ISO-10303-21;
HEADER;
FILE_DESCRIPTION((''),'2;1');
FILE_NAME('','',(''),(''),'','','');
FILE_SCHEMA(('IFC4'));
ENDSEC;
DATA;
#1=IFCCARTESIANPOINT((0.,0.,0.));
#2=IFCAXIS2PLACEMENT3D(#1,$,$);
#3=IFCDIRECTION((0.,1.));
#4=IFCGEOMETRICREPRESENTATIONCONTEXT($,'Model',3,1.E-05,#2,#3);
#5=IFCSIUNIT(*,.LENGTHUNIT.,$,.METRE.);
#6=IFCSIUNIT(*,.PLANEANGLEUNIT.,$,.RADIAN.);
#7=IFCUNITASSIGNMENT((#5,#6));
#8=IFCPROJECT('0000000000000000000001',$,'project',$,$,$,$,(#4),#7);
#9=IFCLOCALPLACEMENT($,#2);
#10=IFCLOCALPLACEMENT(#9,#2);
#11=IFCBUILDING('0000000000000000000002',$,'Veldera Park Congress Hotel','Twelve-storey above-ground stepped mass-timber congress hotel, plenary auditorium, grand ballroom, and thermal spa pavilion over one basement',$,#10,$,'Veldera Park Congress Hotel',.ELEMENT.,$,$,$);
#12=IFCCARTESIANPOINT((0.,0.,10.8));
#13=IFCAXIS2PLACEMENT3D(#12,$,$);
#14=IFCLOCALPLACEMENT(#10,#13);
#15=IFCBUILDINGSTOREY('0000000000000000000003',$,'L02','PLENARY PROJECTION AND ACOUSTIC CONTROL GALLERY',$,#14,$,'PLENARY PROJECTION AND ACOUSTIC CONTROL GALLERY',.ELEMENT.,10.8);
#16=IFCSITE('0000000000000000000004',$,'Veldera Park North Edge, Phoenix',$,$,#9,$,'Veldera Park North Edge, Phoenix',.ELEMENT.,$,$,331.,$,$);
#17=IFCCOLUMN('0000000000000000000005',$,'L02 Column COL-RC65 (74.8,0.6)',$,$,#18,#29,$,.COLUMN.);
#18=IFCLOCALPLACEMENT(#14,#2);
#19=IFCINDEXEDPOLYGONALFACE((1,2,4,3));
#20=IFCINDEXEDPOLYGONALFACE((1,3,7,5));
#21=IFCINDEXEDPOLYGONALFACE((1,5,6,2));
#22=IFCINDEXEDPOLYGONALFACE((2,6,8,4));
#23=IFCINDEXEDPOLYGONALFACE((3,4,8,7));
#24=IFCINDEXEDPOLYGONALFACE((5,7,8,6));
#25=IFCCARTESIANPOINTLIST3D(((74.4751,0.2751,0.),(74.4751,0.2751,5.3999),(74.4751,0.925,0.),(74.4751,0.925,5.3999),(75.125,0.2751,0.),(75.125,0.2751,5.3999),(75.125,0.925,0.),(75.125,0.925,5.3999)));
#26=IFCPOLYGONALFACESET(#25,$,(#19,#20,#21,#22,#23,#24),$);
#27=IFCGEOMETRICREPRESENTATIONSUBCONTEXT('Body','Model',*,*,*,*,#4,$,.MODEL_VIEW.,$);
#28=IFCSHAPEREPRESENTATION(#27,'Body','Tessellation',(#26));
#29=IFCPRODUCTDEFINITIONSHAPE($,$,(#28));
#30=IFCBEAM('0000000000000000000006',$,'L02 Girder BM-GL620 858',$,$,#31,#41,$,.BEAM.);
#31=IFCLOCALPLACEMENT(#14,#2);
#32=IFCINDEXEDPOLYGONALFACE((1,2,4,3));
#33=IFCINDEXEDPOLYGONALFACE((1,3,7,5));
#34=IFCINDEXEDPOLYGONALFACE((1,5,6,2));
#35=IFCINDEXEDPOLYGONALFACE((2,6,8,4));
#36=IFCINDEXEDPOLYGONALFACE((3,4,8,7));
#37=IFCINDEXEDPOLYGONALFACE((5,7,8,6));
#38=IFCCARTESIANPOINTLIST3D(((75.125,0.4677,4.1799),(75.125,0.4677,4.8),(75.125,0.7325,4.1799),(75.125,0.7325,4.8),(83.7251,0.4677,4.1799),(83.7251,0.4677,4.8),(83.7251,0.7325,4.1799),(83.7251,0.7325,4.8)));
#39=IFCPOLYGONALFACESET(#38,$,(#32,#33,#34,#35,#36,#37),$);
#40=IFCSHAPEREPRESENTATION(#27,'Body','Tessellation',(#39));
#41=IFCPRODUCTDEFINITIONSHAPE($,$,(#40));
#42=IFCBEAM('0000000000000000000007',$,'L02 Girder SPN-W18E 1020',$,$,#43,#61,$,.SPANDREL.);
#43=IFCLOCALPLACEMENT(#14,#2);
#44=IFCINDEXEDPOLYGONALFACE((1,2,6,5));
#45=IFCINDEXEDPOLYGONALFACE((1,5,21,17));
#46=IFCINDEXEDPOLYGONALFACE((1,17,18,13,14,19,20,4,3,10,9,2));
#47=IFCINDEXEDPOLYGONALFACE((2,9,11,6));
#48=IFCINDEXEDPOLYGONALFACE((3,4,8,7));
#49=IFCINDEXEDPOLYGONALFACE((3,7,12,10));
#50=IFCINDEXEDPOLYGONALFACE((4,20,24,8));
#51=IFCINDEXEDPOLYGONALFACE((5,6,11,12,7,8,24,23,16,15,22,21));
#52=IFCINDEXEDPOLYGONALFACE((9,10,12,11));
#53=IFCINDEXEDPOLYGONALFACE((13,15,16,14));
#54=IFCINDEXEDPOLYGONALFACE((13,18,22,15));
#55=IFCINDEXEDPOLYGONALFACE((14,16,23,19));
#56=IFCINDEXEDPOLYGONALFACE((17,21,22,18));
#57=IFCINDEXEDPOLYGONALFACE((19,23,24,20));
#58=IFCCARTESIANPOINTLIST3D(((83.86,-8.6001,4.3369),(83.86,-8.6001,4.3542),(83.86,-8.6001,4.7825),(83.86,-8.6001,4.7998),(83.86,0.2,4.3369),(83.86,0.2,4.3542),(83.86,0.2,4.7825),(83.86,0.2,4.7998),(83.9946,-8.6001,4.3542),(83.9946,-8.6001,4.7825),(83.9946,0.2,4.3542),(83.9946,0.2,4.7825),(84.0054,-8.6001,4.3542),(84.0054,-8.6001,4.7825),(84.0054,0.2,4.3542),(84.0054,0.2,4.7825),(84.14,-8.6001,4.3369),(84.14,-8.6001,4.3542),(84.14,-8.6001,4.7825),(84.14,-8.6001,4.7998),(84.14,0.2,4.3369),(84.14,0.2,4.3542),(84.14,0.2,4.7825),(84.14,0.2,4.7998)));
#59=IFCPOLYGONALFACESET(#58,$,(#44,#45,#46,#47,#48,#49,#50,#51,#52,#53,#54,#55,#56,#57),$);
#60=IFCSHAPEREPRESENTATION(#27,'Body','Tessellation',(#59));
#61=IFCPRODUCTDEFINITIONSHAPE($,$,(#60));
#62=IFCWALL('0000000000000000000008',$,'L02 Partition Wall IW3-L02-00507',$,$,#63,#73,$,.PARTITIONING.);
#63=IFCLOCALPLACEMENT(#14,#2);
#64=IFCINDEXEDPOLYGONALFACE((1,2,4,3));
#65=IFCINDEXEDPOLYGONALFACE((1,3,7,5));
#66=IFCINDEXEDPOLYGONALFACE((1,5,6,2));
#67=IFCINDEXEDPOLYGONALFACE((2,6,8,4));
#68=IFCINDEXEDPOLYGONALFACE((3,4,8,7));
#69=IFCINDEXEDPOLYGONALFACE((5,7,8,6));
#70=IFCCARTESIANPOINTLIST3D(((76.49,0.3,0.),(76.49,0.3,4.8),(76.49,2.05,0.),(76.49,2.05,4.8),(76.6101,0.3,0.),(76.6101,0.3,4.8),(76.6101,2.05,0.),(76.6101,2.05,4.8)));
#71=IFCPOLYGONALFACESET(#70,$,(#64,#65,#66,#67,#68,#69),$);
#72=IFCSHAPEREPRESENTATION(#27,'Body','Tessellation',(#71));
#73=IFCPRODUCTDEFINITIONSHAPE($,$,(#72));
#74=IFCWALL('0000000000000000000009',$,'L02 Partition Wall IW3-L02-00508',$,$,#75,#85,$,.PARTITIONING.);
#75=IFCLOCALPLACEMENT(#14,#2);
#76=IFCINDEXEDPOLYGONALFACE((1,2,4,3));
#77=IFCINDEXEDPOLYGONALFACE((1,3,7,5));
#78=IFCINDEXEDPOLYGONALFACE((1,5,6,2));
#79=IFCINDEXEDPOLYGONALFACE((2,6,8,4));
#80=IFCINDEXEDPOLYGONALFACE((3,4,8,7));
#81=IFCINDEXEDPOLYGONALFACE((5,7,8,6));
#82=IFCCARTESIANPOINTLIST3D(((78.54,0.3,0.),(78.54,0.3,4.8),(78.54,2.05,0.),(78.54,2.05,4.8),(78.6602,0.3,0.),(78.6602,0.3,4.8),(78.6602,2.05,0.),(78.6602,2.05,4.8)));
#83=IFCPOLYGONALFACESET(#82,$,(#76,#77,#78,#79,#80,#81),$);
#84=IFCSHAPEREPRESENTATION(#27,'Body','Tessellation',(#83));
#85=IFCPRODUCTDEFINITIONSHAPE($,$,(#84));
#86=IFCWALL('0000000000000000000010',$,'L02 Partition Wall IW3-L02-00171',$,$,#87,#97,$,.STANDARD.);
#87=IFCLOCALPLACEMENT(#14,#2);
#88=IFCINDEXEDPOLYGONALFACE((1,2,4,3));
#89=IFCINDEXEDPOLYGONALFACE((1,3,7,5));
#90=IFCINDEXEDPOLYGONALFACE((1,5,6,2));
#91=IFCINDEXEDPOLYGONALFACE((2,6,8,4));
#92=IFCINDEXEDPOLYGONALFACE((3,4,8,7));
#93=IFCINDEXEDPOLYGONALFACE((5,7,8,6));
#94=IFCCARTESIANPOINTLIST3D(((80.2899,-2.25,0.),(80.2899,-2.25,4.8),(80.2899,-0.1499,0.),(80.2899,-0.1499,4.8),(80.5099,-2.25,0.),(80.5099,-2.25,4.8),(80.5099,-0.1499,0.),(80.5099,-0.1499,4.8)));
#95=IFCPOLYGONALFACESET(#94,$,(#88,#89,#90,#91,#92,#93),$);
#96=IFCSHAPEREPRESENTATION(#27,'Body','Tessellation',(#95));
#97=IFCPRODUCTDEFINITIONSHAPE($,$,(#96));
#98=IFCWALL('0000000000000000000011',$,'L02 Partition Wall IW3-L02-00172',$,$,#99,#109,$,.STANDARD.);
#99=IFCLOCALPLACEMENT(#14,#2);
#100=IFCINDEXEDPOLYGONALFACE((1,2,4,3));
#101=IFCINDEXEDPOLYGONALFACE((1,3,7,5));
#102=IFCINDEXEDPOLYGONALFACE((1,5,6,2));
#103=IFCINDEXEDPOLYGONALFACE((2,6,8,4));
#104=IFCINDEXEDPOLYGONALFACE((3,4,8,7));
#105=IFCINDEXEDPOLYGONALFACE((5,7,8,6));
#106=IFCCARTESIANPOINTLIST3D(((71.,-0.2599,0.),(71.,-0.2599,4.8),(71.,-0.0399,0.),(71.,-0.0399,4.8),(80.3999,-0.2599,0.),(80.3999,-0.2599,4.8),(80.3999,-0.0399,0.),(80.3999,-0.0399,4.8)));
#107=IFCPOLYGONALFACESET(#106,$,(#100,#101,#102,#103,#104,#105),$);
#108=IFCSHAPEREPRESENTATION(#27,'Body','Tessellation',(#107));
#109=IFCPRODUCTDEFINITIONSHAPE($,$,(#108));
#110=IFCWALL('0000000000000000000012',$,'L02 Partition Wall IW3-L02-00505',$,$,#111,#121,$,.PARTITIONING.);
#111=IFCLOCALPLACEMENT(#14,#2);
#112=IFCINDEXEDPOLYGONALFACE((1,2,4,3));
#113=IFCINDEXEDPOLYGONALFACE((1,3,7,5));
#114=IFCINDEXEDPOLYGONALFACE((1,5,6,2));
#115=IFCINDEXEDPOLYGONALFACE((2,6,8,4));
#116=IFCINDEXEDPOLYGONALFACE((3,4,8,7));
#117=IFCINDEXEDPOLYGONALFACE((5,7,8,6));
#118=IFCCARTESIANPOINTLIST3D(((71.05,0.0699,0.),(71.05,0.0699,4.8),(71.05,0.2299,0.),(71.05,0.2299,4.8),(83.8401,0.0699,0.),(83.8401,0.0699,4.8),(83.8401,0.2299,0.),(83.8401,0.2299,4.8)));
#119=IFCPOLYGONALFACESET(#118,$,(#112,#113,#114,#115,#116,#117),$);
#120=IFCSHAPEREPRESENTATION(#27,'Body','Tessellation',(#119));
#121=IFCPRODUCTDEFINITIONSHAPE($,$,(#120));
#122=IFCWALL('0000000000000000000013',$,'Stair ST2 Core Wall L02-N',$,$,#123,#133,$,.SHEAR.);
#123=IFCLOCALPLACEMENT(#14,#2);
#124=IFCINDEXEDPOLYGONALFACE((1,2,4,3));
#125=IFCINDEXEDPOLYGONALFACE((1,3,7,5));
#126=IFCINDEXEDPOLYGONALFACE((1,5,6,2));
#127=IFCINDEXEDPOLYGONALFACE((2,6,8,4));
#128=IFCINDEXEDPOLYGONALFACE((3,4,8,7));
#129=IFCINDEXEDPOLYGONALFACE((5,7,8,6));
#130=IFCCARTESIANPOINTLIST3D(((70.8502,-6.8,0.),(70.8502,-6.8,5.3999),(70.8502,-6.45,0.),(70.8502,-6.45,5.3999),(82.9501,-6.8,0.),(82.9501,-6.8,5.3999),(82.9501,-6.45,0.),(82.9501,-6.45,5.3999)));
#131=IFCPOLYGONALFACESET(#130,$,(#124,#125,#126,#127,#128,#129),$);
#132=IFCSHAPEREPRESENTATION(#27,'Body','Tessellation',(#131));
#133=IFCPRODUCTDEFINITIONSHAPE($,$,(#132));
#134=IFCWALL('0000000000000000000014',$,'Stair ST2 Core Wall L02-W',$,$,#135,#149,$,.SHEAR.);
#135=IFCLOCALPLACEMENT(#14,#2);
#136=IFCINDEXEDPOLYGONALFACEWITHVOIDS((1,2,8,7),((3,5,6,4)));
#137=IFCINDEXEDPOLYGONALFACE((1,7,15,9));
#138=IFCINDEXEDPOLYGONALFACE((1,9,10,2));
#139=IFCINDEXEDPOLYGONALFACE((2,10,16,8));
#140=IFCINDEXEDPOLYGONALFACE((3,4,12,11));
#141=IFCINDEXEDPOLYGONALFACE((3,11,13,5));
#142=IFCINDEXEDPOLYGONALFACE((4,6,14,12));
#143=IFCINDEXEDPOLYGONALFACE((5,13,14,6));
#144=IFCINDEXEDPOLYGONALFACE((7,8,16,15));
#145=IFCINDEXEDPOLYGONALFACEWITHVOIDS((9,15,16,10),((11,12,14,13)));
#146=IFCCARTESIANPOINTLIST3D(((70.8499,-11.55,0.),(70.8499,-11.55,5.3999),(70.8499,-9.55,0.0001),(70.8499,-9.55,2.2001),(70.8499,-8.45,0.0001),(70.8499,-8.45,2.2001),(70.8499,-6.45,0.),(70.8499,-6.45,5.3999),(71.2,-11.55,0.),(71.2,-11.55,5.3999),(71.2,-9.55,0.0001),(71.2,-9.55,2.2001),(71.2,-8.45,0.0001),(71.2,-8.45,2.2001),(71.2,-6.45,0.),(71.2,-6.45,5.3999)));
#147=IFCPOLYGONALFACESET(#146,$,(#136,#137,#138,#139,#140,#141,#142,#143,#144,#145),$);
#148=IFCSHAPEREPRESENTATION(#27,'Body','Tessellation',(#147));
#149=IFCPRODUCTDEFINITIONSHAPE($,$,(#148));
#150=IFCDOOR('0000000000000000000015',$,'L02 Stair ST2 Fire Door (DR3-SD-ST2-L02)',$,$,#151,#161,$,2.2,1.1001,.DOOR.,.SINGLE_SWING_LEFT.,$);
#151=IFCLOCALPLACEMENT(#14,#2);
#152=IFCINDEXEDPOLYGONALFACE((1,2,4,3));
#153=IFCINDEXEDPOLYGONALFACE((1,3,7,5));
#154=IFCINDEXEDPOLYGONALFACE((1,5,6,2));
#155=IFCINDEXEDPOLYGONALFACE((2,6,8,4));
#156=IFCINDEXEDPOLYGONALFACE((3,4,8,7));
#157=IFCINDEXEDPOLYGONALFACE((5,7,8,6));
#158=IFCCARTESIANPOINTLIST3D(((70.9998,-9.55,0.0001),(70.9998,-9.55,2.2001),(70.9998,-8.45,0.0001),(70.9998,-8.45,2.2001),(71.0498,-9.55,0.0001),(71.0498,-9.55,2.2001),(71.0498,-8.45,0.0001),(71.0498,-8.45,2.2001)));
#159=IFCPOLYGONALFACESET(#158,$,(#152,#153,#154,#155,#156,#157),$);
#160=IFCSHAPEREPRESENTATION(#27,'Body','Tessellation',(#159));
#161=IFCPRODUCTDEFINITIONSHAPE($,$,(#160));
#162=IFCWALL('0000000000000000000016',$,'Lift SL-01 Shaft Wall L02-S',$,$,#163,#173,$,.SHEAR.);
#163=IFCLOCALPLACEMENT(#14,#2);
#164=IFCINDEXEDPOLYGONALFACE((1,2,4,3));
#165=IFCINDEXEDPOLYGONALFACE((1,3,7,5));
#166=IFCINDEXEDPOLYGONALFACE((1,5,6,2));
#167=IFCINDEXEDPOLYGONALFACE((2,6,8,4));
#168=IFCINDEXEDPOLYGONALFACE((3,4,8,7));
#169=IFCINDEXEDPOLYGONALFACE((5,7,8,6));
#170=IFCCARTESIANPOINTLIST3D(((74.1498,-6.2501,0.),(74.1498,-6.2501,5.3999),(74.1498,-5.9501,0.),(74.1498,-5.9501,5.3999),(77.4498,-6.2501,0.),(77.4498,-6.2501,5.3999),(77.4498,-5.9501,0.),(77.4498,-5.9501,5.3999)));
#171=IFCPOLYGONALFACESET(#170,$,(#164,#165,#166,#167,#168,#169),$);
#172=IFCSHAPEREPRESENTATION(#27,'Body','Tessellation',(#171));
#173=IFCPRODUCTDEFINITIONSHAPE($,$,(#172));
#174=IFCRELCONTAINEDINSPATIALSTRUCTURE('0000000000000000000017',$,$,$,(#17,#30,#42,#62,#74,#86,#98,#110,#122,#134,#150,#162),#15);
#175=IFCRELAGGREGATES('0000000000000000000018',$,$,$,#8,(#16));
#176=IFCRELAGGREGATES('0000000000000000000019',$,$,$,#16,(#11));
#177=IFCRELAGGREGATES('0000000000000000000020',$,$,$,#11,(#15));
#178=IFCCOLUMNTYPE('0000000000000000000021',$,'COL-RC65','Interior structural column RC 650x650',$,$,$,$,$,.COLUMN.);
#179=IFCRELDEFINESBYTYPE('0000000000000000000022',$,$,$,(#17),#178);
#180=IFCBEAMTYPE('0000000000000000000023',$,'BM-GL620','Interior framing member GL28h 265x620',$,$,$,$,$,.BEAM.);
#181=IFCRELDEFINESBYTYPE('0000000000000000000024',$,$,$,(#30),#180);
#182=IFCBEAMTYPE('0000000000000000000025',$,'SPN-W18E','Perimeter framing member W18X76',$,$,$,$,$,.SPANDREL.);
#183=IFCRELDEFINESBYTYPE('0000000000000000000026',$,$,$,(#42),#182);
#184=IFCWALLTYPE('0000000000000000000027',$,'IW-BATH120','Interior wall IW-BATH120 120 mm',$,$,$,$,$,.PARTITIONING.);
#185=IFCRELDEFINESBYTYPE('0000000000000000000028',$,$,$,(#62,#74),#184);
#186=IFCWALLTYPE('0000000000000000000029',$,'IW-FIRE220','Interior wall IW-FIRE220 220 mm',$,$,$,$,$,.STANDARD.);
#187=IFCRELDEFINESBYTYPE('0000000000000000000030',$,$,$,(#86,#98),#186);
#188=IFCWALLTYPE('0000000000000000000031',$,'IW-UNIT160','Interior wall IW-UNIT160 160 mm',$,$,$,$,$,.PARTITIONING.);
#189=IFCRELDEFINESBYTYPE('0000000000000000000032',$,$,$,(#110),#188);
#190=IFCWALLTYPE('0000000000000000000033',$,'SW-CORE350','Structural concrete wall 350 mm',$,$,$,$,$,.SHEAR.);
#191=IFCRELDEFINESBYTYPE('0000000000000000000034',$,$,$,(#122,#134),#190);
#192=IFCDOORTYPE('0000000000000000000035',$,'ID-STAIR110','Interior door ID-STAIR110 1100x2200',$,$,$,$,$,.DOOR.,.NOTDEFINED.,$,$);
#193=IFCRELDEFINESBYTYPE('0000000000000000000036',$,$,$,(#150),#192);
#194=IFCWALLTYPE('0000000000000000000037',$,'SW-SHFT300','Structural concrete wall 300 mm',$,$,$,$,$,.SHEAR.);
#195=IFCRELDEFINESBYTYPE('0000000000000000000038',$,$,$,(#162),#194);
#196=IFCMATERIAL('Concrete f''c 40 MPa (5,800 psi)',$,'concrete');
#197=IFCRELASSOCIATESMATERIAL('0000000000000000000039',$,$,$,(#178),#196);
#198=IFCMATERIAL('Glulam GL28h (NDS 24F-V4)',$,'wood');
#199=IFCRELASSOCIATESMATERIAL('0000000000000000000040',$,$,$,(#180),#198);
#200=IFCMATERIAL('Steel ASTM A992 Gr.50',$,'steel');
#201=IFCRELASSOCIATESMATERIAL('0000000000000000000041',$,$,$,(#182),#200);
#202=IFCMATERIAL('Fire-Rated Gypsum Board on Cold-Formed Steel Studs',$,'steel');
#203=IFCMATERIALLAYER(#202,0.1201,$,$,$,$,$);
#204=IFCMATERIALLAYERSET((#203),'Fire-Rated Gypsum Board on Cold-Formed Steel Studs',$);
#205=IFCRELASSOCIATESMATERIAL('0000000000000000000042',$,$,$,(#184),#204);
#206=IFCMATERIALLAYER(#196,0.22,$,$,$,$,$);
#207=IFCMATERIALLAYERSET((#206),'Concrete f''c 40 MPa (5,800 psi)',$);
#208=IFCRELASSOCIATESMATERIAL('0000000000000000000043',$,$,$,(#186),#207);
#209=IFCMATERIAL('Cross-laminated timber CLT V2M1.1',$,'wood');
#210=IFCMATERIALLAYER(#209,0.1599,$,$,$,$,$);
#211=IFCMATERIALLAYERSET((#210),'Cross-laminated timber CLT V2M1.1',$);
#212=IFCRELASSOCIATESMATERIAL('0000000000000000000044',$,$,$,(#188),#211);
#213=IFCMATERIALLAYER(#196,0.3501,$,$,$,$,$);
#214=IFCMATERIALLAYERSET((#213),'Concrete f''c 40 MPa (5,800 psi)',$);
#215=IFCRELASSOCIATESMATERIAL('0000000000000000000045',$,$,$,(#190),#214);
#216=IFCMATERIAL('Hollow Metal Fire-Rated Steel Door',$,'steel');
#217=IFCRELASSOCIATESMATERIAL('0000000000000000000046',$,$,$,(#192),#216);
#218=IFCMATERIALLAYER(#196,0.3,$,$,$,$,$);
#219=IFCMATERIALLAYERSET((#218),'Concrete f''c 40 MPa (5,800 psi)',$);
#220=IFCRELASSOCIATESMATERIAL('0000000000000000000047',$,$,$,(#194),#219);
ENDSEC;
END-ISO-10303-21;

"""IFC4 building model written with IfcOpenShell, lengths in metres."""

from ifc_helpers import new_model, si_unit, direction, frame, frame_2d, origin, origin_2d, place, context, subcontext, project, spatial, rectangle, i_section, extrude, material, layer, layer_set, material_profile, profile_set, type_object, element, fill, save


model = new_model("IFC4")

# Units and contexts
model_context = context("Model", 3, precision=1e-05, world=origin(), true_north=direction((0.0, 1.0)))
body_context = subcontext(model_context, "Body", "Model", "MODEL_VIEW")
ifc_project = project(units=[si_unit("LENGTHUNIT", "METRE"), si_unit("PLANEANGLEUNIT", "RADIAN")], contexts=[model_context])

# Site, building, storey
site_placement = place(None, origin())
site = spatial("IfcSite", under=ifc_project, at=site_placement, Name="Veldera Park North Edge, Phoenix", LongName="Veldera Park North Edge, Phoenix", CompositionType="ELEMENT", RefElevation=331.0)
building_placement = place(site_placement, origin())
building = spatial("IfcBuilding", under=site, at=building_placement, Name="Veldera Park Congress Hotel", Description="Twelve-storey above-ground stepped mass-timber congress hotel, plenary auditorium, grand ballroom, and thermal spa pavilion over one basement", LongName="Veldera Park Congress Hotel", CompositionType="ELEMENT")
storey_placement = place(building_placement, frame((0.0, 0.0, 10.8)))
storey = spatial("IfcBuildingStorey", under=building, at=storey_placement, Name="L02", Description="PLENARY PROJECTION AND ACOUSTIC CONTROL GALLERY", LongName="PLENARY PROJECTION AND ACOUSTIC CONTROL GALLERY", CompositionType="ELEMENT", Elevation=10.8)

# Column
ifc_material_1 = material(Name="Concrete f'c 40 MPa (5,800 psi)", Category="concrete")
ifc_material_profile_1 = material_profile(ifc_material_1, rectangle(XDim=0.6499, YDim=0.6499, at=origin_2d()), Name="RC 650x650")
ifc_profile_set_1 = profile_set([ifc_material_profile_1], Name="Concrete f'c 40 MPa (5,800 psi)")
column_type = type_object("IfcColumnType", Name="COL-RC65", Description="Interior structural column RC 650x650", PredefinedType="COLUMN", material=ifc_profile_set_1)
column_placement = place(storey_placement, frame((74.8, 0.6001, 0.0), z_axis=(0.0, 0.0, 1.0), x_axis=(1.0, 0.0, 0.0)))
element("IfcColumn", 1, at=column_placement, inside=storey, type_object=column_type, Name="L02 Column COL-RC65 (74.8,0.6)", PredefinedType="COLUMN", context=body_context, shape_type="SweptSolid", body=[
    extrude(rectangle(XDim=0.6499, YDim=0.6499, at=origin_2d()), origin(), (0.0, 0.0, 1.0), 5.3999),
])

# Beams
ifc_material_2 = material(Name="Glulam GL28h (NDS 24F-V4)", Category="wood")
ifc_material_profile_2 = material_profile(ifc_material_2, rectangle(XDim=0.2649, YDim=0.6201, at=origin_2d()), Name="GL28h 265x620")
ifc_profile_set_2 = profile_set([ifc_material_profile_2], Name="Glulam GL28h (NDS 24F-V4)")
beam_type_1 = type_object("IfcBeamType", Name="BM-GL620", Description="Interior framing member GL28h 265x620", PredefinedType="BEAM", material=ifc_profile_set_2)
beam_1_placement = place(storey_placement, frame((75.125, 0.6001, 4.49), z_axis=(1.0, 0.0, 0.0), x_axis=(0.0, 1.0, 0.0)))
element("IfcBeam", 2, at=beam_1_placement, inside=storey, type_object=beam_type_1, Name="L02 Girder BM-GL620 858", PredefinedType="BEAM", context=body_context, shape_type="SweptSolid", body=[
    extrude(rectangle(XDim=0.2649, YDim=0.6201, at=origin_2d()), origin(), (0.0, 0.0, 1.0), 8.6001),
])
ifc_material_3 = material(Name="Steel ASTM A992 Gr.50", Category="steel")
ifc_material_profile_3 = material_profile(ifc_material_3, i_section(OverallWidth=0.28, OverallDepth=0.4629, WebThickness=0.0107, FlangeThickness=0.0173, at=origin_2d()), Name="W18X76")
ifc_profile_set_3 = profile_set([ifc_material_profile_3], Name="Steel ASTM A992 Gr.50")
beam_type_2 = type_object("IfcBeamType", Name="SPN-W18E", Description="Perimeter framing member W18X76", PredefinedType="SPANDREL", material=ifc_profile_set_3)
beam_2_placement = place(storey_placement, frame((84.0, -8.6001, 4.5684), z_axis=(0.0, 1.0, 0.0), x_axis=(-1.0, 0.0, 0.0)))
element("IfcBeam", 3, at=beam_2_placement, inside=storey, type_object=beam_type_2, Name="L02 Girder SPN-W18E 1020", PredefinedType="SPANDREL", context=body_context, shape_type="SweptSolid", body=[
    extrude(i_section(OverallWidth=0.28, OverallDepth=0.4629, WebThickness=0.0107, FlangeThickness=0.0173, at=origin_2d()), origin(), (0.0, 0.0, 1.0), 8.8),
])

# Walls
ifc_material_4 = material(Name="Fire-Rated Gypsum Board on Cold-Formed Steel Studs", Category="steel")
ifc_layer_1 = layer(ifc_material_4, 0.1201)
ifc_layer_set_1 = layer_set([ifc_layer_1], Name="Fire-Rated Gypsum Board on Cold-Formed Steel Studs")
wall_type_1 = type_object("IfcWallType", Name="IW-BATH120", Description="Interior wall IW-BATH120 120 mm", PredefinedType="PARTITIONING", material=ifc_layer_set_1)
for number, where, z_axis, x_axis, name in (
    (4, (76.55, 0.3, 0.0), (0.0, 0.0, 1.0), (0.0, 1.0, 0.0), "L02 Partition Wall IW3-L02-00507"),
    (5, (78.6001, 0.3, 0.0), (0.0, 0.0, 1.0), (0.0, 1.0, 0.0), "L02 Partition Wall IW3-L02-00508"),
):
    element("IfcWall", number, at=place(storey_placement, frame(where, z_axis=z_axis, x_axis=x_axis)), inside=storey, type_object=wall_type_1, Name=name, PredefinedType="PARTITIONING", context=body_context, shape_type="SweptSolid", body=[
        extrude(rectangle(XDim=1.75, YDim=0.1201, at=frame_2d((0.875, 0.0))), origin(), (0.0, 0.0, 1.0), 4.8),
    ])
ifc_layer_2 = layer(ifc_material_1, 0.22)
ifc_layer_set_2 = layer_set([ifc_layer_2], Name="Concrete f'c 40 MPa (5,800 psi)")
wall_type_2 = type_object("IfcWallType", Name="IW-FIRE220", Description="Interior wall IW-FIRE220 220 mm", PredefinedType="STANDARD", material=ifc_layer_set_2)
wall_1_placement = place(storey_placement, frame((80.3999, -2.25, 0.0), z_axis=(0.0, 0.0, 1.0), x_axis=(0.0, 1.0, 0.0)))
element("IfcWall", 6, at=wall_1_placement, inside=storey, type_object=wall_type_2, Name="L02 Partition Wall IW3-L02-00171", PredefinedType="STANDARD", context=body_context, shape_type="SweptSolid", body=[
    extrude(rectangle(XDim=2.1001, YDim=0.22, at=frame_2d((1.05, 0.0))), origin(), (0.0, 0.0, 1.0), 4.8),
])
wall_2_placement = place(storey_placement, frame((80.3999, -0.1499, 0.0), z_axis=(0.0, 0.0, 1.0), x_axis=(-1.0, 0.0, 0.0)))
element("IfcWall", 7, at=wall_2_placement, inside=storey, type_object=wall_type_2, Name="L02 Partition Wall IW3-L02-00172", PredefinedType="STANDARD", context=body_context, shape_type="SweptSolid", body=[
    extrude(rectangle(XDim=9.3999, YDim=0.22, at=frame_2d((4.7, 0.0))), origin(), (0.0, 0.0, 1.0), 4.8),
])
ifc_material_5 = material(Name="Cross-laminated timber CLT V2M1.1", Category="wood")
ifc_layer_3 = layer(ifc_material_5, 0.1599)
ifc_layer_set_3 = layer_set([ifc_layer_3], Name="Cross-laminated timber CLT V2M1.1")
wall_type_3 = type_object("IfcWallType", Name="IW-UNIT160", Description="Interior wall IW-UNIT160 160 mm", PredefinedType="PARTITIONING", material=ifc_layer_set_3)
wall_3_placement = place(storey_placement, frame((71.05, 0.1499, 0.0), z_axis=(0.0, 0.0, 1.0), x_axis=(1.0, 0.0, 0.0)))
element("IfcWall", 8, at=wall_3_placement, inside=storey, type_object=wall_type_3, Name="L02 Partition Wall IW3-L02-00505", PredefinedType="PARTITIONING", context=body_context, shape_type="SweptSolid", body=[
    extrude(rectangle(XDim=12.79, YDim=0.1599, at=frame_2d((6.395, 0.0))), origin(), (0.0, 0.0, 1.0), 4.8),
])
ifc_layer_4 = layer(ifc_material_1, 0.3501)
ifc_layer_set_4 = layer_set([ifc_layer_4], Name="Concrete f'c 40 MPa (5,800 psi)")
wall_type_4 = type_object("IfcWallType", Name="SW-CORE350", Description="Structural concrete wall 350 mm", PredefinedType="SHEAR", material=ifc_layer_set_4)
wall_4_placement = place(storey_placement, frame((82.95, -6.625, 0.0), z_axis=(0.0, 0.0, 1.0), x_axis=(-1.0, 0.0, 0.0)))
element("IfcWall", 9, at=wall_4_placement, inside=storey, type_object=wall_type_4, Name="Stair ST2 Core Wall L02-N", PredefinedType="SHEAR", context=body_context, shape_type="SweptSolid", body=[
    extrude(rectangle(XDim=12.0999, YDim=0.3501, at=frame_2d((6.0498, 0.0))), origin(), (0.0, 0.0, 1.0), 5.3999),
])

# Wall, opening, door
wall_5_placement = place(storey_placement, frame((71.0249, -6.45, 0.0), z_axis=(0.0, 0.0, 1.0), x_axis=(0.0, -1.0, 0.0)))
wall_5 = element("IfcWall", 10, at=wall_5_placement, inside=storey, type_object=wall_type_4, Name="Stair ST2 Core Wall L02-W", PredefinedType="SHEAR", context=body_context, shape_type="SweptSolid", body=[
    extrude(rectangle(XDim=5.1001, YDim=0.3501, at=frame_2d((2.55, 0.0))), origin(), (0.0, 0.0, 1.0), 5.3999),
])
opening_1_placement = place(wall_5_placement, frame((2.0, 0.0, 0.0)))
opening_1 = element("IfcOpeningElement", 11, at=opening_1_placement, cuts=wall_5, PredefinedType="OPENING", context=body_context, shape_type="SweptSolid", body=[
    extrude(rectangle(XDim=1.1001, YDim=2.2, at=frame_2d((0.55, 1.1001))), frame((0.0, 0.187, 0.0), z_axis=(0.0, -1.0, 0.0), x_axis=(1.0, 0.0, 0.0)), (0.0, 0.0, 1.0), 0.374),
])
ifc_material_6 = material(Name="Hollow Metal Fire-Rated Steel Door", Category="steel")
door_type_1 = type_object("IfcDoorType", Name="ID-STAIR110", Description="Interior door ID-STAIR110 1100x2200", OperationType="NOTDEFINED", PredefinedType="DOOR", material=ifc_material_6)
door_1_placement = place(opening_1_placement, origin())
door_1 = element("IfcDoor", 12, at=door_1_placement, inside=storey, type_object=door_type_1, Name="L02 Stair ST2 Fire Door (DR3-SD-ST2-L02)", OperationType="SINGLE_SWING_LEFT", OverallHeight=2.2, OverallWidth=1.1001, PredefinedType="DOOR", context=body_context, shape_type="SweptSolid", body=[
    extrude(rectangle(XDim=1.1001, YDim=2.2, at=frame_2d((0.55, 1.1001))), frame((0.0, 0.0249, 0.0), z_axis=(0.0, -1.0, 0.0), x_axis=(1.0, 0.0, 0.0)), (0.0, 0.0, 1.0), 0.05),
])
fill(opening_1, door_1)

# Wall
ifc_layer_5 = layer(ifc_material_1, 0.3)
ifc_layer_set_5 = layer_set([ifc_layer_5], Name="Concrete f'c 40 MPa (5,800 psi)")
wall_type_5 = type_object("IfcWallType", Name="SW-SHFT300", Description="Structural concrete wall 300 mm", PredefinedType="SHEAR", material=ifc_layer_set_5)
wall_6_placement = place(storey_placement, frame((74.1499, -6.1001, 0.0), z_axis=(0.0, 0.0, 1.0), x_axis=(1.0, 0.0, 0.0)))
element("IfcWall", 13, at=wall_6_placement, inside=storey, type_object=wall_type_5, Name="Lift SL-01 Shaft Wall L02-S", PredefinedType="SHEAR", context=body_context, shape_type="SweptSolid", body=[
    extrude(rectangle(XDim=3.3, YDim=0.3, at=frame_2d((1.6499, 0.0))), origin(), (0.0, 0.0, 1.0), 5.3999),
])

save(model, "model.ifc")
